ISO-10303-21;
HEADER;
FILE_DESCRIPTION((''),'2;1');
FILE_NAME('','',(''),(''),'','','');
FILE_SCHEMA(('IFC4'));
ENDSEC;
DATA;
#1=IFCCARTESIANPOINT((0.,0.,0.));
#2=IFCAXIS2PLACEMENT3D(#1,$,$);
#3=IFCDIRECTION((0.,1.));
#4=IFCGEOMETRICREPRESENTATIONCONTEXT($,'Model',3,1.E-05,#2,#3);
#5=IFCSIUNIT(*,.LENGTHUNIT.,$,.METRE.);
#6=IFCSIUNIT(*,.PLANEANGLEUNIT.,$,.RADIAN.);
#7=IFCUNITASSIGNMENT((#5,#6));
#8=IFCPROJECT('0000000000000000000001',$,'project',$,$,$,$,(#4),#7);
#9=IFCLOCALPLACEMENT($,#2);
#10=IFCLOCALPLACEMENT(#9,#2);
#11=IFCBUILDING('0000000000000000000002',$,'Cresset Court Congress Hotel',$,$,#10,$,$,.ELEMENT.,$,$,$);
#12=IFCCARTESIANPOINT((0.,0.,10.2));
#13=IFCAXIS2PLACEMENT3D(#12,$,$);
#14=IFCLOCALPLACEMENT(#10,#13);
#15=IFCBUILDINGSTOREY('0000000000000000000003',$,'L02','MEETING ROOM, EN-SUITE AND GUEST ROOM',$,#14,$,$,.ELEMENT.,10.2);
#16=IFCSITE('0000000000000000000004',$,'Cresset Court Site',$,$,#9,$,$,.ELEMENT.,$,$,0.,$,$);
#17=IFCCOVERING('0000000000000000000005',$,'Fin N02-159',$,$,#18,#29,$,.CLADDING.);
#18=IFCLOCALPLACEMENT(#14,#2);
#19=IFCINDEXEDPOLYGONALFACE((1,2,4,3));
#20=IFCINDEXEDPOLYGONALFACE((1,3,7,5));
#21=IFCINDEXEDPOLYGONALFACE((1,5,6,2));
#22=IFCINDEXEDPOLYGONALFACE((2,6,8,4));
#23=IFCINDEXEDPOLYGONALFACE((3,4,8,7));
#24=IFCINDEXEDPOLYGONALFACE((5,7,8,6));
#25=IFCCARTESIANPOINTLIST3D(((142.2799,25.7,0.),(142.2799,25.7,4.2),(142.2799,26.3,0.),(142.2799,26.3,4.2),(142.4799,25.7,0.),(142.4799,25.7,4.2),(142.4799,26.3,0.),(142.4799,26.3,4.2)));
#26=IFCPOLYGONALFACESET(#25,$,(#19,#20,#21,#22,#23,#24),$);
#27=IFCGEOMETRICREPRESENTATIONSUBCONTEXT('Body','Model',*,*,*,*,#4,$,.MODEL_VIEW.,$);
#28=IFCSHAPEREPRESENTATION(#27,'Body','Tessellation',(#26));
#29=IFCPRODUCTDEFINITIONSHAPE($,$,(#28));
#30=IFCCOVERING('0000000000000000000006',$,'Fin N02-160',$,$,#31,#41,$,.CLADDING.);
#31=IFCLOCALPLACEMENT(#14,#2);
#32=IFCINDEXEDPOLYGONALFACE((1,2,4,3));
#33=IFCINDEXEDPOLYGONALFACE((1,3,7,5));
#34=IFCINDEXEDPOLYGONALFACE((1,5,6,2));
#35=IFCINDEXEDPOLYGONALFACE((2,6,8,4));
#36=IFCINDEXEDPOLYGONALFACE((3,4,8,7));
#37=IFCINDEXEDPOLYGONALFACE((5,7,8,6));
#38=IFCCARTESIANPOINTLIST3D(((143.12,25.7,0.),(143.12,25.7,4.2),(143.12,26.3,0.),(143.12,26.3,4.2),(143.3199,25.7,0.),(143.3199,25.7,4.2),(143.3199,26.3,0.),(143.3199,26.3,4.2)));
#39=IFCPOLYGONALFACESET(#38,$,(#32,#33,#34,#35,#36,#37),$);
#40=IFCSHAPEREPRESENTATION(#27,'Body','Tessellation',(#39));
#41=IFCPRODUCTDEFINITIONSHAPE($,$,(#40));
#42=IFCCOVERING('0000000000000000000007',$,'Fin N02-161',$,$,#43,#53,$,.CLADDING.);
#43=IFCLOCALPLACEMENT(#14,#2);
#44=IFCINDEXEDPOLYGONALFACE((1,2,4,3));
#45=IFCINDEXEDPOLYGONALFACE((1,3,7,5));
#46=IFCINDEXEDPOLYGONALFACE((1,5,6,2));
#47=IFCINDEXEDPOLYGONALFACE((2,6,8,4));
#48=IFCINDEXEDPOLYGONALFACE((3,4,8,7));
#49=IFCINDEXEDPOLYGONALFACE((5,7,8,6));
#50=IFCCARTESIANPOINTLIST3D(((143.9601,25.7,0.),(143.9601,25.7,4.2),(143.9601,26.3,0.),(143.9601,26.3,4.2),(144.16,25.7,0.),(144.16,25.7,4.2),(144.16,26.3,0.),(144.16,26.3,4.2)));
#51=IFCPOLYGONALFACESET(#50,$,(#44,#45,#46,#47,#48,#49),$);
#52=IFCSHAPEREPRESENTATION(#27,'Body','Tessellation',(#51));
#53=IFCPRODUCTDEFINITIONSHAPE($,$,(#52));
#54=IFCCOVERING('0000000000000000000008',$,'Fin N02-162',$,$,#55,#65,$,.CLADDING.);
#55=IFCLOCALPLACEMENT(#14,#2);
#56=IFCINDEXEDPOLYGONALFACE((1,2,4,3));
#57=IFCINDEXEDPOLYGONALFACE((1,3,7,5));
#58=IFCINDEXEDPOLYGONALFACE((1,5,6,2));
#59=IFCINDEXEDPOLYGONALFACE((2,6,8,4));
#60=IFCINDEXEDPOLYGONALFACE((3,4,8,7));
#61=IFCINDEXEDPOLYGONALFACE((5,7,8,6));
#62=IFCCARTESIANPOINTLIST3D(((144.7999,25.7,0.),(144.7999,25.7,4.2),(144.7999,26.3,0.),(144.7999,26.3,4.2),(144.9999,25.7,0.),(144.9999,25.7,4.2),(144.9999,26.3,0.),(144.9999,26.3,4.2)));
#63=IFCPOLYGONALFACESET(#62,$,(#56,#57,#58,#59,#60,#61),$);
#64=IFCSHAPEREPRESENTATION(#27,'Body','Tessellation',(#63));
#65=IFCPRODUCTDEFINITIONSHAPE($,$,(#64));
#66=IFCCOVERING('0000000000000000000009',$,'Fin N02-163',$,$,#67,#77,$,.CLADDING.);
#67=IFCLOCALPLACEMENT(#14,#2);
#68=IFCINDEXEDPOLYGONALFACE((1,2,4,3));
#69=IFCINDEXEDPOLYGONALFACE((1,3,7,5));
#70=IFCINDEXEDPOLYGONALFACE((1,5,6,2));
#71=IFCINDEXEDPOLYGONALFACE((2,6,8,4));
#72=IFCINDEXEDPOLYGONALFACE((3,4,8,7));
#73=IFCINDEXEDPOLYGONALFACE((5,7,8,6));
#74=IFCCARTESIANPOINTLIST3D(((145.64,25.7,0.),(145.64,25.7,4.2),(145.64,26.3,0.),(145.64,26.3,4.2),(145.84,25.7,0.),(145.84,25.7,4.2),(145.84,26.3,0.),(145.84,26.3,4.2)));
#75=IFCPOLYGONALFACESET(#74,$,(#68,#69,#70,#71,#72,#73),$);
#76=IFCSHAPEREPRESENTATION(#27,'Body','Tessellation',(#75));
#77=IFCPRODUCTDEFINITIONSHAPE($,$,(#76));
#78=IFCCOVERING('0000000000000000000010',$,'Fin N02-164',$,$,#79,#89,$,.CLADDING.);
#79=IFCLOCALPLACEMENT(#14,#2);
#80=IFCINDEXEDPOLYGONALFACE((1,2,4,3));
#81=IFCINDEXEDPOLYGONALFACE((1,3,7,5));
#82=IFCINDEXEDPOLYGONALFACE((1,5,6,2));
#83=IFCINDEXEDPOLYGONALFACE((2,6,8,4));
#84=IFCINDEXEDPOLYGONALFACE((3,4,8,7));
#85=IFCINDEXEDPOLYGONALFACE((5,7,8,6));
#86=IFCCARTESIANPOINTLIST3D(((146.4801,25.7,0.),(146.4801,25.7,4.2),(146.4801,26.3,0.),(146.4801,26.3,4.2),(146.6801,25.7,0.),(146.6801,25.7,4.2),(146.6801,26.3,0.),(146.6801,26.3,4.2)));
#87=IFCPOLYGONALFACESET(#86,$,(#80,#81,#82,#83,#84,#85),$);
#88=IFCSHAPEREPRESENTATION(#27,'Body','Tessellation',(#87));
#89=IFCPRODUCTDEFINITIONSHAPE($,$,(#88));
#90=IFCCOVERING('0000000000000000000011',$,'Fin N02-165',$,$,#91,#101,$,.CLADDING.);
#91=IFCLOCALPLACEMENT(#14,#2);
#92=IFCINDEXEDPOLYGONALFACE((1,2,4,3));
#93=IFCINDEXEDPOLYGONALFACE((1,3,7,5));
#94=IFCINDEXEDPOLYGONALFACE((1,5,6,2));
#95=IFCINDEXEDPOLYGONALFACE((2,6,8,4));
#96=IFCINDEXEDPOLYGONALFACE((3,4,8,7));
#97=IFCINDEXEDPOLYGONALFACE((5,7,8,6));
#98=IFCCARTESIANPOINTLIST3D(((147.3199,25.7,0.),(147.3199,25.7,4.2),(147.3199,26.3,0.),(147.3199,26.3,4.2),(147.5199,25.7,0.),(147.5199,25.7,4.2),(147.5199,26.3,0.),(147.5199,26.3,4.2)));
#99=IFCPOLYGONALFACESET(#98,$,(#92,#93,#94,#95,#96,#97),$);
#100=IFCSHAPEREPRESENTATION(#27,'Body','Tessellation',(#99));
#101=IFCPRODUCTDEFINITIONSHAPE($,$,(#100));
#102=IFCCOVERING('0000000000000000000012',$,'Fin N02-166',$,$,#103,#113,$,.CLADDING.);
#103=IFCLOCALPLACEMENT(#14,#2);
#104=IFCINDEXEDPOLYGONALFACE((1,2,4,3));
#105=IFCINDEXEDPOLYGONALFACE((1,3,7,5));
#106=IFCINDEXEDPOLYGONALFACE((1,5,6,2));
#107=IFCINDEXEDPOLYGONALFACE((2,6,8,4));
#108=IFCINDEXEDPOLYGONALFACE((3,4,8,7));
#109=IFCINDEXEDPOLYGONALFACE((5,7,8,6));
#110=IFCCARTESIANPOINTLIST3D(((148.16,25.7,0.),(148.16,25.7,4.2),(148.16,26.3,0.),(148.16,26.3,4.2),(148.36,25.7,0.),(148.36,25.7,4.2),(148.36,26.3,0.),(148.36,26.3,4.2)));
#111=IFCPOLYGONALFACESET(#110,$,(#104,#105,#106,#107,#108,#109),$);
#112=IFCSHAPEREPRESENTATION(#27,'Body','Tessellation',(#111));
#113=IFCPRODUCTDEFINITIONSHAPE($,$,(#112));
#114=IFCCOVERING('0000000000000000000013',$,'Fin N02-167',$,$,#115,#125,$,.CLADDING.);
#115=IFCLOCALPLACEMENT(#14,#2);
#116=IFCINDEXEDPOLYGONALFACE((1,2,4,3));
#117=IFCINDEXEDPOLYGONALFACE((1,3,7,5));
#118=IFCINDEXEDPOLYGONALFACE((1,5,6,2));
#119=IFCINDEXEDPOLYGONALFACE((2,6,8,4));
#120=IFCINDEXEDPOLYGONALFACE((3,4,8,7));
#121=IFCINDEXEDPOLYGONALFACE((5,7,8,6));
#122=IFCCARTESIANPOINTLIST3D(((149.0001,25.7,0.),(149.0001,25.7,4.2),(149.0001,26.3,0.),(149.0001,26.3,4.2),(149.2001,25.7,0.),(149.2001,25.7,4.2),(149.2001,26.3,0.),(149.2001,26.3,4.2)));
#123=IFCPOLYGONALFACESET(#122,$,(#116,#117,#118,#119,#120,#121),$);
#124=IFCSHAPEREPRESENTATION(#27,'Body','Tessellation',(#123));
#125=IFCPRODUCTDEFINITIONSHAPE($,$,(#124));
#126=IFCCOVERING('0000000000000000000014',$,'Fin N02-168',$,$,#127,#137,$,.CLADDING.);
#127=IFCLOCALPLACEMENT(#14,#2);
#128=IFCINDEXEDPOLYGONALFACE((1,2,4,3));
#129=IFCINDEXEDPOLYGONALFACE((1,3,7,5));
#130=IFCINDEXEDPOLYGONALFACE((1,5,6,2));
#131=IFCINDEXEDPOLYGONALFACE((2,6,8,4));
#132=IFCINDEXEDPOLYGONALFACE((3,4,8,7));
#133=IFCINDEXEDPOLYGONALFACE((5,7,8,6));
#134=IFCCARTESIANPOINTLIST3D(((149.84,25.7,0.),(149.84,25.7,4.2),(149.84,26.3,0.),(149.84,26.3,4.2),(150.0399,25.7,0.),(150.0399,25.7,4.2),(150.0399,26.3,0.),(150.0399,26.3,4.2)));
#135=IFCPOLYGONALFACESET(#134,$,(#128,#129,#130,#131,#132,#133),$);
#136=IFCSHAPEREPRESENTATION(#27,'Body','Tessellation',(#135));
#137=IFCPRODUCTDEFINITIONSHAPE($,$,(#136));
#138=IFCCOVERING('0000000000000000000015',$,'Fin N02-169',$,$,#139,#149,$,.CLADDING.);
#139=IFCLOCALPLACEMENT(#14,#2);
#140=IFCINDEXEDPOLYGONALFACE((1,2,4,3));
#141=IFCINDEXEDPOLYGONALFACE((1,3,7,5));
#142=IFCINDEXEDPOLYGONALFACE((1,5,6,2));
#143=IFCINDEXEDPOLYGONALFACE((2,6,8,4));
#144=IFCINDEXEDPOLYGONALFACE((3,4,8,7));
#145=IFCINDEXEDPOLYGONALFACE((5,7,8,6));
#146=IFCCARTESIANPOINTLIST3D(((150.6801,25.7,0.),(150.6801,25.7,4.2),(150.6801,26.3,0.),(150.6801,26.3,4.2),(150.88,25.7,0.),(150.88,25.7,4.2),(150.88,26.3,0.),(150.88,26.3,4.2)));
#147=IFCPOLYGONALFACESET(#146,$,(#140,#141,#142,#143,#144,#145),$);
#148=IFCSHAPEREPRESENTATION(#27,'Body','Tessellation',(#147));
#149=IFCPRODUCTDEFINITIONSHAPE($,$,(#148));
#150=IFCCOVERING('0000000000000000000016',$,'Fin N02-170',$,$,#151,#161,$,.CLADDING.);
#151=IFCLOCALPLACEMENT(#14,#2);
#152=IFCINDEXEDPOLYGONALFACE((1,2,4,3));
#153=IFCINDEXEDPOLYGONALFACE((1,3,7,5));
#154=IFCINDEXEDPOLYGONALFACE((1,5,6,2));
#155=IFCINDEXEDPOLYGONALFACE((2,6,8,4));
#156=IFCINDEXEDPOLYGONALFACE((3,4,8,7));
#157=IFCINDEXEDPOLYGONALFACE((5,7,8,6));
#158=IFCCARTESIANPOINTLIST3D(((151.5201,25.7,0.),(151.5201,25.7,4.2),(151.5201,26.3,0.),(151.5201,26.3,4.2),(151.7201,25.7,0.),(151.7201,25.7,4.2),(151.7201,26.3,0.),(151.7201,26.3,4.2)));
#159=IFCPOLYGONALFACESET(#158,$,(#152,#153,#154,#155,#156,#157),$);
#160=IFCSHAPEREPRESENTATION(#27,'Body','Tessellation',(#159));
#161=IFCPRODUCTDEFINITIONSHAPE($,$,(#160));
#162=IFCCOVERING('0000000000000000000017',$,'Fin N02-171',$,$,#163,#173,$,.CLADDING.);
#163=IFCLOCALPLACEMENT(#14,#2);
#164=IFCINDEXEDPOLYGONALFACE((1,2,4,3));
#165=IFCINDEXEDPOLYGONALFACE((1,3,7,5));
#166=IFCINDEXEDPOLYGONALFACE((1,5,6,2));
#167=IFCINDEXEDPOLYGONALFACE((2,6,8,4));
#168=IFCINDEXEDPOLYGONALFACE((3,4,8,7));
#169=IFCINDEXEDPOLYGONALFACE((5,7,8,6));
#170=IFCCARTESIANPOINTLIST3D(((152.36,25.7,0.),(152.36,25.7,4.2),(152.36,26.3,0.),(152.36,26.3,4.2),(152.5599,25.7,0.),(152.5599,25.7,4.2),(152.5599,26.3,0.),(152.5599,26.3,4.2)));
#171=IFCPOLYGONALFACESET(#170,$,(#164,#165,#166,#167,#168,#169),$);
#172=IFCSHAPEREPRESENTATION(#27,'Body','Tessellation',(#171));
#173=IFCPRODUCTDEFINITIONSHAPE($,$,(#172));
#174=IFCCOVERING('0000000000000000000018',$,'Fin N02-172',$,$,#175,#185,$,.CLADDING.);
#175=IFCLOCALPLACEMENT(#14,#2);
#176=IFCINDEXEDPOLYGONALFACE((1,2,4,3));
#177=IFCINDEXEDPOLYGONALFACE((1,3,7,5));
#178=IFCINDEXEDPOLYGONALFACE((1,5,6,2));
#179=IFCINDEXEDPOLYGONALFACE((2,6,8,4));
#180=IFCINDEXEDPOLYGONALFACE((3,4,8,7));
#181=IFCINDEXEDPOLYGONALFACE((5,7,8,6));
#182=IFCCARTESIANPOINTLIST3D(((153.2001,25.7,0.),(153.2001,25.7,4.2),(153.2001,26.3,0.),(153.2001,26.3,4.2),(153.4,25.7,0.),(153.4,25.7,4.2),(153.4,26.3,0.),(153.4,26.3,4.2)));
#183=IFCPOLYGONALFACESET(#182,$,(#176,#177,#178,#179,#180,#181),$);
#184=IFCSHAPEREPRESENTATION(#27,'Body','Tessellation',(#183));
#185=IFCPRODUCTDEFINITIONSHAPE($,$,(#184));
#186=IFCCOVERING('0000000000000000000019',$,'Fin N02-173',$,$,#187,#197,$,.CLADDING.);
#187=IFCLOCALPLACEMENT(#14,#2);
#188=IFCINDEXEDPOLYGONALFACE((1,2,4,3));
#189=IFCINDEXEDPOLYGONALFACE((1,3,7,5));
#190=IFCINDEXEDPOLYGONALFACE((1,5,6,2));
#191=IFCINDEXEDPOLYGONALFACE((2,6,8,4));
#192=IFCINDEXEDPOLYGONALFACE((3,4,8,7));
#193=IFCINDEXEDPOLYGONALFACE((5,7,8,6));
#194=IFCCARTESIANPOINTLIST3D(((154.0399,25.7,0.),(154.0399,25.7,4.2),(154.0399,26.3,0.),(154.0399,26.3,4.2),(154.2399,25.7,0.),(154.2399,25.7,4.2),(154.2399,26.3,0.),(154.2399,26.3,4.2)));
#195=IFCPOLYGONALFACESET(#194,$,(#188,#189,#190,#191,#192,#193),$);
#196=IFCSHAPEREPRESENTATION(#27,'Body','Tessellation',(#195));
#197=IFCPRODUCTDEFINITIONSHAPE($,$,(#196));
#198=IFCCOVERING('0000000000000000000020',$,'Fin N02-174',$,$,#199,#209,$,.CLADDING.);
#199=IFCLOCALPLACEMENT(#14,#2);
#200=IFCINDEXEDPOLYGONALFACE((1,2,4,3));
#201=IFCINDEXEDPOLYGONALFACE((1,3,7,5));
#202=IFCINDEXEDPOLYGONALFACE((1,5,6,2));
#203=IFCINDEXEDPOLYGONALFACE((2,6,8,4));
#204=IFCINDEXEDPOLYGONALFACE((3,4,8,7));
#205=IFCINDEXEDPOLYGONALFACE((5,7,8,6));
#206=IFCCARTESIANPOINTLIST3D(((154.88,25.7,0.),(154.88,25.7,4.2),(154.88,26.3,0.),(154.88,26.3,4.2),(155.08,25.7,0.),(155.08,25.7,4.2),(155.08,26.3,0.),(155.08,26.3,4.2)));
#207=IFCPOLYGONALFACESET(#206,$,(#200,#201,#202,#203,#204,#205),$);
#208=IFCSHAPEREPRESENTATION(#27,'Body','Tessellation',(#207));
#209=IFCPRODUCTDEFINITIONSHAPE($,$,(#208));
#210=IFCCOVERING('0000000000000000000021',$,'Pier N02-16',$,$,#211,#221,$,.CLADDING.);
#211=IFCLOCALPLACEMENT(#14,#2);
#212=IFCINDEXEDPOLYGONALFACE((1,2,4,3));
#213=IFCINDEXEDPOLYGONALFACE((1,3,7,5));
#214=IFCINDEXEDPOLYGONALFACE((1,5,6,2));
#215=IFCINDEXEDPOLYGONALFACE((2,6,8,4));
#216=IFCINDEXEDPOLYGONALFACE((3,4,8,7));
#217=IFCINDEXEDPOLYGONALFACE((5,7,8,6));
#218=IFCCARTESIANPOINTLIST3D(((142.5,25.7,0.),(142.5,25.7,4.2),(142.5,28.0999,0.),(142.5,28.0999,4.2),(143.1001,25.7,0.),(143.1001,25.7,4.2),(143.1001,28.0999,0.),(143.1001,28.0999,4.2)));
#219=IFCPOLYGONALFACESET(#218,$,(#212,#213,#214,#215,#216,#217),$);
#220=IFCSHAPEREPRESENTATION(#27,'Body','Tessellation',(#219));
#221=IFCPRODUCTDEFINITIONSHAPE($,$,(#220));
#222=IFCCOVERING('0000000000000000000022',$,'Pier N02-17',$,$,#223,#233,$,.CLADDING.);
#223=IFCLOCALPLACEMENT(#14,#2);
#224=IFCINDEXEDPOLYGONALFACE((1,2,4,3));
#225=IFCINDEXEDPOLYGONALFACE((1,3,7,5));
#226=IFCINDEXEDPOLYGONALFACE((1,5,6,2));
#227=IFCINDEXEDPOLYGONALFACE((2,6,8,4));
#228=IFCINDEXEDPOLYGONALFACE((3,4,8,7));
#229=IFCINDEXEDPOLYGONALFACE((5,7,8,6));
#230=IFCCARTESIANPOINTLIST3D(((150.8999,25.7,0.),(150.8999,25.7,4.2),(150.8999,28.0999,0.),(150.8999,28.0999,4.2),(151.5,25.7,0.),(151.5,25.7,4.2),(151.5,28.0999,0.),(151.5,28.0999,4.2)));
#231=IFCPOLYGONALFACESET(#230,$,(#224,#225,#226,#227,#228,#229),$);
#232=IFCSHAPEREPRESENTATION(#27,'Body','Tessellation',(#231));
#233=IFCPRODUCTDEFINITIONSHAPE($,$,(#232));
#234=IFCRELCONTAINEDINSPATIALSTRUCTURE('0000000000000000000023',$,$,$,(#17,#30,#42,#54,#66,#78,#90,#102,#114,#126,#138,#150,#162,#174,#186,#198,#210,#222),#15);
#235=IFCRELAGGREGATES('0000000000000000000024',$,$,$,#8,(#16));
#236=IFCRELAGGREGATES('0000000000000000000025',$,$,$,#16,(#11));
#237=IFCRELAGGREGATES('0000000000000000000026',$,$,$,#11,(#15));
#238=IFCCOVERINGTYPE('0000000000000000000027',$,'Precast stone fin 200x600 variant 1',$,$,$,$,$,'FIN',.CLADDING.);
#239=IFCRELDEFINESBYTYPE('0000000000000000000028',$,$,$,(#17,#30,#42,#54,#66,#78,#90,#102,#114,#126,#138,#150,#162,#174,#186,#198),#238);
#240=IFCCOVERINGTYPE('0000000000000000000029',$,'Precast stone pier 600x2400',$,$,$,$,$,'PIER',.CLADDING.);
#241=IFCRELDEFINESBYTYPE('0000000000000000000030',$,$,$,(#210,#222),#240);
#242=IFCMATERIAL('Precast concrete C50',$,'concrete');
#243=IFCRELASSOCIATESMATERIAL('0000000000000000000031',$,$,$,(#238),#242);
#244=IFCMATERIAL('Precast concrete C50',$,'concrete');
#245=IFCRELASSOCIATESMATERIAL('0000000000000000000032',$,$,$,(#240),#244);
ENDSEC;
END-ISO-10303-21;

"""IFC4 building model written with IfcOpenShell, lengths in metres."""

from ifc_helpers import new_model, si_unit, direction, frame, origin, origin_2d, place, context, subcontext, project, spatial, rectangle, extrude, material, type_object, element, save


model = new_model("IFC4")

# Units and contexts
model_context = context("Model", 3, precision=1e-05, world=origin(), true_north=direction((0.0, 1.0)))
body_context = subcontext(model_context, "Body", "Model", "MODEL_VIEW")
ifc_project = project(units=[si_unit("LENGTHUNIT", "METRE"), si_unit("PLANEANGLEUNIT", "RADIAN")], contexts=[model_context])

# Site, building, storey
site_placement = place(None, origin())
site = spatial("IfcSite", under=ifc_project, at=site_placement, Name="Cresset Court Site", CompositionType="ELEMENT", RefElevation=0.0)
building_placement = place(site_placement, origin())
building = spatial("IfcBuilding", under=site, at=building_placement, Name="Cresset Court Congress Hotel", CompositionType="ELEMENT")
storey_placement = place(building_placement, frame((0.0, 0.0, 10.2)))
storey = spatial("IfcBuildingStorey", under=building, at=storey_placement, Name="L02", Description="MEETING ROOM, EN-SUITE AND GUEST ROOM", CompositionType="ELEMENT", Elevation=10.2)

# Coverings
ifc_material_1 = material(Name="Precast concrete C50", Category="concrete")
covering_type_1 = type_object("IfcCoveringType", Name="Precast stone fin 200x600 variant 1", ElementType="FIN", PredefinedType="CLADDING", material=ifc_material_1)
for number, where, z_axis, x_axis, name in (
    (1, (142.3799, 26.0, 0.0), (0.0, 0.0, 1.0), (1.0, 0.0, 0.0), "Fin N02-159"),
    (2, (143.22, 26.0, 0.0), (0.0, 0.0, 1.0), (1.0, 0.0, 0.0), "Fin N02-160"),
    (3, (144.0601, 26.0, 0.0), (0.0, 0.0, 1.0), (1.0, 0.0, 0.0), "Fin N02-161"),
    (4, (144.8999, 26.0, 0.0), (0.0, 0.0, 1.0), (1.0, 0.0, 0.0), "Fin N02-162"),
    (5, (145.74, 26.0, 0.0), (0.0, 0.0, 1.0), (1.0, 0.0, 0.0), "Fin N02-163"),
    (6, (146.5801, 26.0, 0.0), (0.0, 0.0, 1.0), (1.0, 0.0, 0.0), "Fin N02-164"),
    (7, (147.4199, 26.0, 0.0), (0.0, 0.0, 1.0), (1.0, 0.0, 0.0), "Fin N02-165"),
    (8, (148.26, 26.0, 0.0), (0.0, 0.0, 1.0), (1.0, 0.0, 0.0), "Fin N02-166"),
    (9, (149.1001, 26.0, 0.0), (0.0, 0.0, 1.0), (1.0, 0.0, 0.0), "Fin N02-167"),
    (10, (149.9399, 26.0, 0.0), (0.0, 0.0, 1.0), (1.0, 0.0, 0.0), "Fin N02-168"),
    (11, (150.78, 26.0, 0.0), (0.0, 0.0, 1.0), (1.0, 0.0, 0.0), "Fin N02-169"),
    (12, (151.6201, 26.0, 0.0), (0.0, 0.0, 1.0), (1.0, 0.0, 0.0), "Fin N02-170"),
    (13, (152.46, 26.0, 0.0), (0.0, 0.0, 1.0), (1.0, 0.0, 0.0), "Fin N02-171"),
    (14, (153.3, 26.0, 0.0), (0.0, 0.0, 1.0), (1.0, 0.0, 0.0), "Fin N02-172"),
    (15, (154.1399, 26.0, 0.0), (0.0, 0.0, 1.0), (1.0, 0.0, 0.0), "Fin N02-173"),
    (16, (154.98, 26.0, 0.0), (0.0, 0.0, 1.0), (1.0, 0.0, 0.0), "Fin N02-174"),
):
    element("IfcCovering", number, at=place(storey_placement, frame(where, z_axis=z_axis, x_axis=x_axis)), inside=storey, type_object=covering_type_1, Name=name, PredefinedType="CLADDING", context=body_context, shape_type="SweptSolid", body=[
        extrude(rectangle(XDim=0.2, YDim=0.6001, at=origin_2d()), origin(), (0.0, 0.0, 1.0), 4.2),
    ])
ifc_material_2 = material(Name="Precast concrete C50", Category="concrete")
covering_type_2 = type_object("IfcCoveringType", Name="Precast stone pier 600x2400", ElementType="PIER", PredefinedType="CLADDING", material=ifc_material_2)
for number, where, z_axis, x_axis, name in (
    (17, (142.8, 26.8999, 0.0), (0.0, 0.0, 1.0), (1.0, 0.0, 0.0), "Pier N02-16"),
    (18, (151.2, 26.8999, 0.0), (0.0, 0.0, 1.0), (1.0, 0.0, 0.0), "Pier N02-17"),
):
    element("IfcCovering", number, at=place(storey_placement, frame(where, z_axis=z_axis, x_axis=x_axis)), inside=storey, type_object=covering_type_2, Name=name, PredefinedType="CLADDING", context=body_context, shape_type="SweptSolid", body=[
        extrude(rectangle(XDim=0.6001, YDim=2.3999, at=origin_2d()), origin(), (0.0, 0.0, 1.0), 4.2),
    ])

save(model, "model.ifc")
